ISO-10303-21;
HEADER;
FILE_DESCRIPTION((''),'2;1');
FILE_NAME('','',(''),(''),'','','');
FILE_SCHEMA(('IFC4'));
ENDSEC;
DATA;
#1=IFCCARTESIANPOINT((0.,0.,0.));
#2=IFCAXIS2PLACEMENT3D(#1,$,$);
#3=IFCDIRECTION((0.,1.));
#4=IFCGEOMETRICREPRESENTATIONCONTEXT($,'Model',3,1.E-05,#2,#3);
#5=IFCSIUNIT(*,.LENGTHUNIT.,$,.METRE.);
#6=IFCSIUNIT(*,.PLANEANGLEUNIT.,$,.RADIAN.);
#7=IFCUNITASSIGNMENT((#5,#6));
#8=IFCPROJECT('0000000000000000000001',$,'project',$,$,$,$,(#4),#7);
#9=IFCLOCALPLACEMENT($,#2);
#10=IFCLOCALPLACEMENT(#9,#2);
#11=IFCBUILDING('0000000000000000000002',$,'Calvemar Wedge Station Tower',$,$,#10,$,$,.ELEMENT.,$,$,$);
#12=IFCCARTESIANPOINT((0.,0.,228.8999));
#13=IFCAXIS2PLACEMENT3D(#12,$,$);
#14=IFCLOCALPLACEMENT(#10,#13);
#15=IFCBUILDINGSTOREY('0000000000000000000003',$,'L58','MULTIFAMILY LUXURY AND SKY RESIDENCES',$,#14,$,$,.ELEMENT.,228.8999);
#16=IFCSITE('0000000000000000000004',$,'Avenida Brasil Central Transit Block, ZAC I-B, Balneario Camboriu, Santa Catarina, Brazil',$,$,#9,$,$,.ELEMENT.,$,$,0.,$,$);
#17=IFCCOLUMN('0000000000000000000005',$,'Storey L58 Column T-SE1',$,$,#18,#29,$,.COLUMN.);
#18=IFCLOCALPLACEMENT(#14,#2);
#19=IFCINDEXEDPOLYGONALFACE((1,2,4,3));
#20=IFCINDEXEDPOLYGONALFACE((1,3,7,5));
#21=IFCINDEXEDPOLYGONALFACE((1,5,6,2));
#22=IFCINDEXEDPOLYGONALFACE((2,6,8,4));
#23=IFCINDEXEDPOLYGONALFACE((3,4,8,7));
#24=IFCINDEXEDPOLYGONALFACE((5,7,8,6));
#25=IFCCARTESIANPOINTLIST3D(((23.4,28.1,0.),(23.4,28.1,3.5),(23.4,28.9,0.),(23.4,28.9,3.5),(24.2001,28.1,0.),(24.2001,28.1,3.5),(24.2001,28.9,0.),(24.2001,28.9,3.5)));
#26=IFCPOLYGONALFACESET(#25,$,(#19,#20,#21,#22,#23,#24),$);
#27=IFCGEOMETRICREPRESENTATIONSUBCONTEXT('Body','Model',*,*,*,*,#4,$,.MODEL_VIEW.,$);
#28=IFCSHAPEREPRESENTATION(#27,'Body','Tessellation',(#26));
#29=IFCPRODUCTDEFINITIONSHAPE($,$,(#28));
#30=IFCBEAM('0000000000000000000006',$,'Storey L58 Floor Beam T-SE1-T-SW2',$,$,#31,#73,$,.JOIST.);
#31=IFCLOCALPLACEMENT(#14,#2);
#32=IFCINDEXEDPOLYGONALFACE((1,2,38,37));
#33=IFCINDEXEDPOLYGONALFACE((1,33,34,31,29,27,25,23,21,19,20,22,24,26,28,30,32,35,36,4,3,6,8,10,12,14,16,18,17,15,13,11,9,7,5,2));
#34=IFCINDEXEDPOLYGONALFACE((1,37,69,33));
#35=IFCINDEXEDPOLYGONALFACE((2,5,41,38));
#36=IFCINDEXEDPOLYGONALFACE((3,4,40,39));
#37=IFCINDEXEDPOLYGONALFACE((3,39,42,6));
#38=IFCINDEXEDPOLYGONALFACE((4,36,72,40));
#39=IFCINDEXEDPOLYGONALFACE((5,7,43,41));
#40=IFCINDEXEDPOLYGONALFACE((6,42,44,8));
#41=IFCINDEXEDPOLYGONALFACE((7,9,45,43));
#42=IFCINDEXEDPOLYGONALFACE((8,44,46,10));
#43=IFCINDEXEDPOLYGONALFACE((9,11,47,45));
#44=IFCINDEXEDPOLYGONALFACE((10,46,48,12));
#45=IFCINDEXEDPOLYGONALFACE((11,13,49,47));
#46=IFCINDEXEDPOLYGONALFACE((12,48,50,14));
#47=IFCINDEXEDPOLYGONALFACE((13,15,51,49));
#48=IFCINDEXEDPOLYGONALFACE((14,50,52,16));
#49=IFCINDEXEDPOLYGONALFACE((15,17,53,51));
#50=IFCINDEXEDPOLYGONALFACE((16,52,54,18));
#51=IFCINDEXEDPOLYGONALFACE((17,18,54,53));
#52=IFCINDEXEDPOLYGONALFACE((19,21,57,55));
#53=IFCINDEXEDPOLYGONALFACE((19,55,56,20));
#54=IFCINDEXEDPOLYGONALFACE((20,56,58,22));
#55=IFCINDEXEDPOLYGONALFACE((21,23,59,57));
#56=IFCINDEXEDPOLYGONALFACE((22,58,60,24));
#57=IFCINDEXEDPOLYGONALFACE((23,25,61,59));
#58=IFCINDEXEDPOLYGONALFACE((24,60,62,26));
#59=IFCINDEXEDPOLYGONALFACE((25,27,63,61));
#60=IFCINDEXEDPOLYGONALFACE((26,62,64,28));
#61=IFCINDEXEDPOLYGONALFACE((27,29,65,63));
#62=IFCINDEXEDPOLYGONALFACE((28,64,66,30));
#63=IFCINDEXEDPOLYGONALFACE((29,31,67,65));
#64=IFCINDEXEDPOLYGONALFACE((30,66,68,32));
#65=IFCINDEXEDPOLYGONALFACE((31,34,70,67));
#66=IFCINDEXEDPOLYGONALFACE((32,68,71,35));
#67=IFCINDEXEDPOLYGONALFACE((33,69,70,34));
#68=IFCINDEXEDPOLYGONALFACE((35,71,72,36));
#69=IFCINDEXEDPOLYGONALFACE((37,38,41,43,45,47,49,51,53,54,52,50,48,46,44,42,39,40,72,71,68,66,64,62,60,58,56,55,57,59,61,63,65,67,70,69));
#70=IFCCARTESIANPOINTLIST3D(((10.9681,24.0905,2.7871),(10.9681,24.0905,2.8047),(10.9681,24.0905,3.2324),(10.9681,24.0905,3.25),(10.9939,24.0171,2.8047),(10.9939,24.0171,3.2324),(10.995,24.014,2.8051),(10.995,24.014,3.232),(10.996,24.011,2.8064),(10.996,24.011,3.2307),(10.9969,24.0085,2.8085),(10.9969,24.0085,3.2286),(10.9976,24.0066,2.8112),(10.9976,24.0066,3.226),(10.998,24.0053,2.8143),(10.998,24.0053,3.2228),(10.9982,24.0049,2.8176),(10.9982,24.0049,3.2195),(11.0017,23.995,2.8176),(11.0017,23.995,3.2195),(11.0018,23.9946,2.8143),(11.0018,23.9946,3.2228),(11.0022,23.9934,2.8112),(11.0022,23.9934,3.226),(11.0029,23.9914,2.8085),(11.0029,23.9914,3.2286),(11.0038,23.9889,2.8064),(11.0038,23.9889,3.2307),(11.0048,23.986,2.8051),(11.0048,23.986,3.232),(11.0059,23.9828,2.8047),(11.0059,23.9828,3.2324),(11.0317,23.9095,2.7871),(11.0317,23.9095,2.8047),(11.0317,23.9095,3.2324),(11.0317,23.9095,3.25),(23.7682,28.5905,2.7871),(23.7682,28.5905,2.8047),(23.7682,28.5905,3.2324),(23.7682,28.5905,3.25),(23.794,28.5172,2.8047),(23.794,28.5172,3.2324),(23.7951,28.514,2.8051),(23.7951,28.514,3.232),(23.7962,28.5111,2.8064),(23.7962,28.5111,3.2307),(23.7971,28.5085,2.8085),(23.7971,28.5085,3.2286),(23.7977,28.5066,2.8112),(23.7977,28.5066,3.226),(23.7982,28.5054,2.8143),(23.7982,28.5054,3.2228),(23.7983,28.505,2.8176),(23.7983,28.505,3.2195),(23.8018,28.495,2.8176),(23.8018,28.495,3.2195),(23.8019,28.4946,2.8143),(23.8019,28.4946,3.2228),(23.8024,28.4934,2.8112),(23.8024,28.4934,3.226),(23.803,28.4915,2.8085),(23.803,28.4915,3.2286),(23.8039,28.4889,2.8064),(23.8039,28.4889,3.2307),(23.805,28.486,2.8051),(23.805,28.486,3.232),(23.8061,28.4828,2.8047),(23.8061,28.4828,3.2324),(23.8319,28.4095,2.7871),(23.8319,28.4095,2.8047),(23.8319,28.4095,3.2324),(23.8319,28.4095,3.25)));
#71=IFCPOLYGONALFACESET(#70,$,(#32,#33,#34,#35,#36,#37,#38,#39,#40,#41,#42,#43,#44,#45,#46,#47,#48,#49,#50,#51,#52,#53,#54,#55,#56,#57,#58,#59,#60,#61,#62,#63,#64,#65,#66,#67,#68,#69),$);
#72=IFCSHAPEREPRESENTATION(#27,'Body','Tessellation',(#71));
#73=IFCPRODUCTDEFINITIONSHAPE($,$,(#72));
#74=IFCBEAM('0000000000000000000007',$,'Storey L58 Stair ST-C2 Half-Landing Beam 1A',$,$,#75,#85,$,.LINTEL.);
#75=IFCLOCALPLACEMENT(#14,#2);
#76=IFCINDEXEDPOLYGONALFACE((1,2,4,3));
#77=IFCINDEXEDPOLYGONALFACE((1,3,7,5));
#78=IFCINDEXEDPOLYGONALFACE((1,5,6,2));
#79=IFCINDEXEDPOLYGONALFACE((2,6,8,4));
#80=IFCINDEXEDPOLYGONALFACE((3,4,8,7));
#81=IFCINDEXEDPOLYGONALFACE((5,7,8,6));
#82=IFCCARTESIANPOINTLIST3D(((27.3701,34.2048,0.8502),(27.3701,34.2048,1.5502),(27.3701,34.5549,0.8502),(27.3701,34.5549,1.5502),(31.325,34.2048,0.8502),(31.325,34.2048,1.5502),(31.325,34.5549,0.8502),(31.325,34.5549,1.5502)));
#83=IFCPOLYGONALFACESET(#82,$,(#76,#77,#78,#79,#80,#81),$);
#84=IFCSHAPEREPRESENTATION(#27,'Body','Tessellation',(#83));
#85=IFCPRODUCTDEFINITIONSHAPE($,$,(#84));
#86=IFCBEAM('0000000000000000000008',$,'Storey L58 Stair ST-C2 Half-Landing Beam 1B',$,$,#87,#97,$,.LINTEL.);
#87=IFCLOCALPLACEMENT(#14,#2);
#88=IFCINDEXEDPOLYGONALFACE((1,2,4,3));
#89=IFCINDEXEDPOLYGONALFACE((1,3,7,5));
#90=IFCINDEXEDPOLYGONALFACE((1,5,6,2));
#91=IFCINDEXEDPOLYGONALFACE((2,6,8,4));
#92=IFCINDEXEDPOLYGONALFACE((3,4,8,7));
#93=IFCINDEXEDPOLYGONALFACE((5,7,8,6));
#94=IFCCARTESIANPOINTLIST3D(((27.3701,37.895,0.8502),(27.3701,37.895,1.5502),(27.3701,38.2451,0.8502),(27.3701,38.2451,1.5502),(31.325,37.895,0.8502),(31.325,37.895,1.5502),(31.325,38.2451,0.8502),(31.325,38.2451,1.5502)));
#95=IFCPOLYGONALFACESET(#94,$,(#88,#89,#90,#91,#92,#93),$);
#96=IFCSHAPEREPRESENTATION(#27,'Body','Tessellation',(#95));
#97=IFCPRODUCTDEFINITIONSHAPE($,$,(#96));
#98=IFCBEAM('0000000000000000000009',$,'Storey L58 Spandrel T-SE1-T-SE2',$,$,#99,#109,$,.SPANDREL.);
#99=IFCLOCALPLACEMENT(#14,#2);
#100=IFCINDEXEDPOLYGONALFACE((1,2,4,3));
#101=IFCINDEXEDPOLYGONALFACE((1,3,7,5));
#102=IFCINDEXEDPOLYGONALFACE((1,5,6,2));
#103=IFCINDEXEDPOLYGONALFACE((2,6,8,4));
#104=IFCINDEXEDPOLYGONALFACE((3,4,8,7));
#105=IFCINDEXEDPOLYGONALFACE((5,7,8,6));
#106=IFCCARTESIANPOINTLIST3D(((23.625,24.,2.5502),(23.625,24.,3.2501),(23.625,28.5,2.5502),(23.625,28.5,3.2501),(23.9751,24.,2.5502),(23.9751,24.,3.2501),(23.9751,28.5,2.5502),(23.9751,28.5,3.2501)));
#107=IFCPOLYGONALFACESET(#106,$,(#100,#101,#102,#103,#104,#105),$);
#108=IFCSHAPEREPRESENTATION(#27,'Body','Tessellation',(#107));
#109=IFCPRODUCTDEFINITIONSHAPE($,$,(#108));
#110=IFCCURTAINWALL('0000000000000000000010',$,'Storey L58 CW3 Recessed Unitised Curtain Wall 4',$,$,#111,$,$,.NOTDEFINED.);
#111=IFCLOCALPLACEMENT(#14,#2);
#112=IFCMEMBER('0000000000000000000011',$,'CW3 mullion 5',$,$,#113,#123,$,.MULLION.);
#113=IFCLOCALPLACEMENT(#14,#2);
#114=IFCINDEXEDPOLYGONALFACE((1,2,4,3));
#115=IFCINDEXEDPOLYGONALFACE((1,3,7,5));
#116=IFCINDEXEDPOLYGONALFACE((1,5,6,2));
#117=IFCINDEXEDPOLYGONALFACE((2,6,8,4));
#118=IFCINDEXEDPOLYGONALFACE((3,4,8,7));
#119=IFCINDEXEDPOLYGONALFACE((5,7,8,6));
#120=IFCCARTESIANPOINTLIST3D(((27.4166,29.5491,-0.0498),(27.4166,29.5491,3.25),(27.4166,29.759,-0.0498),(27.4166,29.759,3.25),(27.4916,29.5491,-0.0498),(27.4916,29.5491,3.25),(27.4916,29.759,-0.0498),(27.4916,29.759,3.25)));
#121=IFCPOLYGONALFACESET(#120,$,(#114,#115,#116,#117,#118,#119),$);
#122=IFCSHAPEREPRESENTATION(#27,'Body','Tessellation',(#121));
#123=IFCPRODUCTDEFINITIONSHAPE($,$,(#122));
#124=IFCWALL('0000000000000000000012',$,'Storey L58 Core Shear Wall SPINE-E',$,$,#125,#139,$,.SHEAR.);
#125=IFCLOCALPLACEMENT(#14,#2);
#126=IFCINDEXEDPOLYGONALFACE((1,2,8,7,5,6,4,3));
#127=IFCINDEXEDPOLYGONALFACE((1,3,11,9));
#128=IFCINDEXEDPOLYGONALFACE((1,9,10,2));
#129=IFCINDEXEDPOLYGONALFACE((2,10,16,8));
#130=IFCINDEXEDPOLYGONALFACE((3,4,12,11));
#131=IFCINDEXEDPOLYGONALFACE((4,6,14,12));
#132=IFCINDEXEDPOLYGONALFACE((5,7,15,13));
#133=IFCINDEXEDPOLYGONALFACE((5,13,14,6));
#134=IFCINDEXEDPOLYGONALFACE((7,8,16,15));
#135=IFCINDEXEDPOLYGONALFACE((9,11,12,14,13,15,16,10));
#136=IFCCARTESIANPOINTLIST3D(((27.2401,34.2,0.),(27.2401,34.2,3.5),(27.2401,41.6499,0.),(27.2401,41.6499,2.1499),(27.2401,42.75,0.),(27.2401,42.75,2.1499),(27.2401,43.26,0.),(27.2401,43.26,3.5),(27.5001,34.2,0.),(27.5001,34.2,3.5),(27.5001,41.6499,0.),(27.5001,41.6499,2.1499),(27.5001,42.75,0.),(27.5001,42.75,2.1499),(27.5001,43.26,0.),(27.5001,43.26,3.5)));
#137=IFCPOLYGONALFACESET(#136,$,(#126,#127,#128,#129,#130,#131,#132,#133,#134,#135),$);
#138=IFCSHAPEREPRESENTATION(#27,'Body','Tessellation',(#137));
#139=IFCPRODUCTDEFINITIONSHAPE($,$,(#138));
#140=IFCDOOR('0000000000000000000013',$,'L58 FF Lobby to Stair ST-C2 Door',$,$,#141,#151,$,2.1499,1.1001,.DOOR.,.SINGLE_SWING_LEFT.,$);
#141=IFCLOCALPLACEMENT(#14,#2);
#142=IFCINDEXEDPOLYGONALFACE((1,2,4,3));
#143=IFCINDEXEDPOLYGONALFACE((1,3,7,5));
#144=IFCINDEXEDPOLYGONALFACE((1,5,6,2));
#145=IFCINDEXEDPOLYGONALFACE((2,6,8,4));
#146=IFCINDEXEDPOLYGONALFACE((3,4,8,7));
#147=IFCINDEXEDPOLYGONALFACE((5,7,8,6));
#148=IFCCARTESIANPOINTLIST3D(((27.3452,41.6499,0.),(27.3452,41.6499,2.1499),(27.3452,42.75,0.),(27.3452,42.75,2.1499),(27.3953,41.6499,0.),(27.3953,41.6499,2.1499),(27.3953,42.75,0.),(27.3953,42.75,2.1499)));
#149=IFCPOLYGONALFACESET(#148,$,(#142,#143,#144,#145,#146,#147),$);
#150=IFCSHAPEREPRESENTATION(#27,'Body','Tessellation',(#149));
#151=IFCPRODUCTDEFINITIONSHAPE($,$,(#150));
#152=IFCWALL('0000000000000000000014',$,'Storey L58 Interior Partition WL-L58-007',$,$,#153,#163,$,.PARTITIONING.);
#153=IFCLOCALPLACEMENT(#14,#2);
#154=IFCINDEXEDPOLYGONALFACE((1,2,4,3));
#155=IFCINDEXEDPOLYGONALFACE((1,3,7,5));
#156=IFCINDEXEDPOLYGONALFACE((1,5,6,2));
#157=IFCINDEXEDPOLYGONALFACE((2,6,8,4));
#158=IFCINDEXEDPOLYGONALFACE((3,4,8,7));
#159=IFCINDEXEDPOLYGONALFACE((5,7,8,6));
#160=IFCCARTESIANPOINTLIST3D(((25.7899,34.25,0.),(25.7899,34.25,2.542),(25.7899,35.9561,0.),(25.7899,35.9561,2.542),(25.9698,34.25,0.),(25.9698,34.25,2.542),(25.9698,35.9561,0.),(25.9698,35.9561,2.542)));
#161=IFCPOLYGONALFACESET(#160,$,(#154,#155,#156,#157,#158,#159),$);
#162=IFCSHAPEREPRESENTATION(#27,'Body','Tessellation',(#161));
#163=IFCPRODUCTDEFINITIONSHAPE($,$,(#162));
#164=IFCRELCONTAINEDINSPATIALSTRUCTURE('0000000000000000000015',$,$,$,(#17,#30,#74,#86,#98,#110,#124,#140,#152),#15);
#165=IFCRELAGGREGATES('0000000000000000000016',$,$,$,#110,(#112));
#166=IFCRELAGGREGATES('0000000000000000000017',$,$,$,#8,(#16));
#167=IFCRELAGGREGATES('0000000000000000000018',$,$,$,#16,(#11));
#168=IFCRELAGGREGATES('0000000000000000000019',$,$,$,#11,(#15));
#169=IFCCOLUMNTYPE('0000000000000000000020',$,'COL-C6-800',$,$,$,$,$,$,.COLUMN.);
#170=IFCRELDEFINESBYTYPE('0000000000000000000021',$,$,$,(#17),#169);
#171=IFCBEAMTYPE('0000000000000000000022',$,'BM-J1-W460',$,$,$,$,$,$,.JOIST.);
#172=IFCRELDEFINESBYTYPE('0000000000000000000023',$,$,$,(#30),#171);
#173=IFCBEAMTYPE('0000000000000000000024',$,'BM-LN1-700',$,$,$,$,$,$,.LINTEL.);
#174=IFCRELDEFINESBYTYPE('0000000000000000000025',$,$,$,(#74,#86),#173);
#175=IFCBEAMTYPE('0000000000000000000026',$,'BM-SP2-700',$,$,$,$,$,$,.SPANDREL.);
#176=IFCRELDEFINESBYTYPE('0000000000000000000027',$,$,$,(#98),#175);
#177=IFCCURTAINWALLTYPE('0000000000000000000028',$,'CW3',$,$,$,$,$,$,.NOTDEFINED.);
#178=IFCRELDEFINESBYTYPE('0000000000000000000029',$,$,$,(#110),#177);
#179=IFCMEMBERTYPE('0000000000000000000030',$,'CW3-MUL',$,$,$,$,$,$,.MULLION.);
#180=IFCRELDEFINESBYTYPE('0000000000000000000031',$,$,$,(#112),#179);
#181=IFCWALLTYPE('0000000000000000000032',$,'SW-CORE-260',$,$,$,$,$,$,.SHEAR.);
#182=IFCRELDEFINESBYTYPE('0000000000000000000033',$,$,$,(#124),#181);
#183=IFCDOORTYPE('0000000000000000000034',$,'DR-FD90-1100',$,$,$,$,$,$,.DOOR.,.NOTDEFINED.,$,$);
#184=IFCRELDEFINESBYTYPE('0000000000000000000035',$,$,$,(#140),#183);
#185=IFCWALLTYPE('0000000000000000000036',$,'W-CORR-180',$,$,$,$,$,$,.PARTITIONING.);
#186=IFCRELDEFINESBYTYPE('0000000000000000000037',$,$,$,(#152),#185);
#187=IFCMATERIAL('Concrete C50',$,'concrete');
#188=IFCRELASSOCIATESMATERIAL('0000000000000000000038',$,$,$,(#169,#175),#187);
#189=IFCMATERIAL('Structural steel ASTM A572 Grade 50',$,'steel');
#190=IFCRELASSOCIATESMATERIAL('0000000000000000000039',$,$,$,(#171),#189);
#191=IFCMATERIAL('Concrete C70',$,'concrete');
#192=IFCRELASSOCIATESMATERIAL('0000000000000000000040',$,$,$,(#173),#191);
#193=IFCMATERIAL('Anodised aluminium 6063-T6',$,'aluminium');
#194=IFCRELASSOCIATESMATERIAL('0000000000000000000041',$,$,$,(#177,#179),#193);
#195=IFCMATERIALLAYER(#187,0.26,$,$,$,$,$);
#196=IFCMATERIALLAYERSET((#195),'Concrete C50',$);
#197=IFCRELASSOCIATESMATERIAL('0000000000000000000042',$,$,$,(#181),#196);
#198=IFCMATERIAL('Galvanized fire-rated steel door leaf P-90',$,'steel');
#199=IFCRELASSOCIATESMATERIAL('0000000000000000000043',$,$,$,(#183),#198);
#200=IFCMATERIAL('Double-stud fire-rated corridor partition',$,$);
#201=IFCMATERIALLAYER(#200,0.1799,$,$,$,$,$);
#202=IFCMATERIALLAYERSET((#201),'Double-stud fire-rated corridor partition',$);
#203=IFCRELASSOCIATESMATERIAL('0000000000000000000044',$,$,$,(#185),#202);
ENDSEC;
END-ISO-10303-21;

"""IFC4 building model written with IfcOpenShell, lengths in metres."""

from ifc_helpers import new_model, si_unit, direction, frame, frame_2d, origin, origin_2d, place, context, subcontext, project, spatial, rectangle, i_section, extrude, source, transform, mapped, material, layer, layer_set, material_profile, profile_set, type_object, element, fill, aggregate, save


model = new_model("IFC4")

# Units and contexts
model_context = context("Model", 3, precision=1e-05, world=origin(), true_north=direction((0.0, 1.0)))
body_context = subcontext(model_context, "Body", "Model", "MODEL_VIEW")
ifc_project = project(units=[si_unit("LENGTHUNIT", "METRE"), si_unit("PLANEANGLEUNIT", "RADIAN")], contexts=[model_context])

# Site, building, storey
site_placement = place(None, origin())
site = spatial("IfcSite", under=ifc_project, at=site_placement, Name="Avenida Brasil Central Transit Block, ZAC I-B, Balneario Camboriu, Santa Catarina, Brazil", CompositionType="ELEMENT", RefElevation=0.0)
building_placement = place(site_placement, origin())
building = spatial("IfcBuilding", under=site, at=building_placement, Name="Calvemar Wedge Station Tower", CompositionType="ELEMENT")
storey_placement = place(building_placement, frame((0.0, 0.0, 228.8999)))
storey = spatial("IfcBuildingStorey", under=building, at=storey_placement, Name="L58", Description="MULTIFAMILY LUXURY AND SKY RESIDENCES", CompositionType="ELEMENT", Elevation=228.8999)

# Column
ifc_material_1 = material(Name="Concrete C50", Category="concrete")
ifc_material_profile_1 = material_profile(ifc_material_1, rectangle(XDim=0.8, YDim=0.8, at=origin_2d()), Name="RC800x800")
ifc_profile_set_1 = profile_set([ifc_material_profile_1], Name="Concrete C50")
column_type = type_object("IfcColumnType", Name="COL-C6-800", PredefinedType="COLUMN", material=ifc_profile_set_1)
shared_shape_1 = source(origin(), body_context, "Body", "SweptSolid", [
    extrude(rectangle(XDim=0.8, YDim=0.8, at=origin_2d()), origin(), (0.0, 0.0, 1.0), 3.5),
])
column_placement = place(storey_placement, frame((23.8, 28.5, 0.0), z_axis=(0.0, 0.0, 1.0), x_axis=(1.0, 0.0, 0.0)))
element("IfcColumn", 1, at=column_placement, inside=storey, type_object=column_type, Name="Storey L58 Column T-SE1", PredefinedType="COLUMN", context=body_context, shape_type="MappedRepresentation", body=[
    mapped(shared_shape_1, transform((0.0, 0.0, 0.0), scale=1.0)),
])

# Beams
ifc_material_2 = material(Name="Structural steel ASTM A572 Grade 50", Category="steel")
ifc_material_profile_2 = material_profile(ifc_material_2, i_section(OverallWidth=0.1919, OverallDepth=0.4629, WebThickness=0.0105, FlangeThickness=0.0176, FilletRadius=0.0129, at=origin_2d()), Name="W460x89")
ifc_profile_set_2 = profile_set([ifc_material_profile_2], Name="Structural steel ASTM A572 Grade 50")
beam_type_1 = type_object("IfcBeamType", Name="BM-J1-W460", PredefinedType="JOIST", material=ifc_profile_set_2)
shared_shape_2 = source(origin(), body_context, "Body", "SweptSolid", [
    extrude(i_section(OverallWidth=0.1919, OverallDepth=0.4629, WebThickness=0.0105, FlangeThickness=0.0176, FilletRadius=0.0129, at=origin_2d()), origin(), (0.0, 0.0, 1.0), 13.5681),
])
beam_1_placement = place(storey_placement, frame((23.8, 28.5, 3.0186), z_axis=(-0.943398, -0.331662, 0.0), x_axis=(0.331662, -0.943398, 0.0)))
element("IfcBeam", 2, at=beam_1_placement, inside=storey, type_object=beam_type_1, Name="Storey L58 Floor Beam T-SE1-T-SW2", PredefinedType="JOIST", context=body_context, shape_type="MappedRepresentation", body=[
    mapped(shared_shape_2, transform((0.0, 0.0, 0.0), scale=1.0)),
])
ifc_material_3 = material(Name="Concrete C70", Category="concrete")
ifc_material_profile_3 = material_profile(ifc_material_3, rectangle(XDim=0.3501, YDim=0.7, at=origin_2d()), Name="RC350x700")
ifc_profile_set_3 = profile_set([ifc_material_profile_3], Name="Concrete C70")
beam_type_2 = type_object("IfcBeamType", Name="BM-LN1-700", PredefinedType="LINTEL", material=ifc_profile_set_3)
shared_shape_3 = source(origin(), body_context, "Body", "SweptSolid", [
    extrude(rectangle(XDim=0.3501, YDim=0.7, at=origin_2d()), origin(), (0.0, 0.0, 1.0), 3.9548),
])
for number, where, z_axis, x_axis, name in (
    (3, (27.3701, 34.3799, 1.2002), (1.0, 0.0, 0.0), (0.0, 1.0, 0.0), "Storey L58 Stair ST-C2 Half-Landing Beam 1A"),
    (4, (27.3701, 38.0701, 1.2002), (1.0, 0.0, 0.0), (0.0, 1.0, 0.0), "Storey L58 Stair ST-C2 Half-Landing Beam 1B"),
):
    element("IfcBeam", number, at=place(storey_placement, frame(where, z_axis=z_axis, x_axis=x_axis)), inside=storey, type_object=beam_type_2, Name=name, PredefinedType="LINTEL", context=body_context, shape_type="MappedRepresentation", body=[
        mapped(shared_shape_3, transform((0.0, 0.0, 0.0), scale=1.0)),
    ])
ifc_material_profile_4 = material_profile(ifc_material_1, rectangle(XDim=0.3501, YDim=0.7, at=origin_2d()), Name="RC350x700")
ifc_profile_set_4 = profile_set([ifc_material_profile_4], Name="Concrete C50")
beam_type_3 = type_object("IfcBeamType", Name="BM-SP2-700", PredefinedType="SPANDREL", material=ifc_profile_set_4)
shared_shape_4 = source(origin(), body_context, "Body", "SweptSolid", [
    extrude(rectangle(XDim=0.3501, YDim=0.7, at=origin_2d()), origin(), (0.0, 0.0, 1.0), 4.5),
])
beam_2_placement = place(storey_placement, frame((23.8, 28.5, 2.9001), z_axis=(0.0, -1.0, 0.0), x_axis=(1.0, 0.0, 0.0)))
element("IfcBeam", 5, at=beam_2_placement, inside=storey, type_object=beam_type_3, Name="Storey L58 Spandrel T-SE1-T-SE2", PredefinedType="SPANDREL", context=body_context, shape_type="MappedRepresentation", body=[
    mapped(shared_shape_4, transform((0.0, 0.0, 0.0), scale=1.0)),
])

# Curtain wall, member
ifc_material_4 = material(Name="Anodised aluminium 6063-T6", Category="aluminium")
curtain_wall_type = type_object("IfcCurtainWallType", Name="CW3", PredefinedType="NOTDEFINED", material=ifc_material_4)
curtain_wall_placement = place(storey_placement, origin())
curtain_wall = element("IfcCurtainWall", 6, at=curtain_wall_placement, inside=storey, type_object=curtain_wall_type, Name="Storey L58 CW3 Recessed Unitised Curtain Wall 4", PredefinedType="NOTDEFINED")
ifc_material_profile_5 = material_profile(ifc_material_4, rectangle(XDim=0.075, YDim=0.21, at=origin_2d()), Name="AL-MUL-75x210")
ifc_profile_set_5 = profile_set([ifc_material_profile_5], Name="Anodised aluminium 6063-T6")
member_type = type_object("IfcMemberType", Name="CW3-MUL", PredefinedType="MULLION", material=ifc_profile_set_5)
shared_shape_5 = source(origin(), body_context, "Body", "SweptSolid", [
    extrude(rectangle(XDim=0.075, YDim=0.21, at=origin_2d()), origin(), (0.0, 0.0, 1.0), 3.2998),
])
member_placement = place(storey_placement, frame((27.4541, 29.6541, -0.0498), z_axis=(0.0, 0.0, 1.0), x_axis=(1.0, 0.0, 0.0)))
member = element("IfcMember", 7, at=member_placement, type_object=member_type, Name="CW3 mullion 5", PredefinedType="MULLION", context=body_context, shape_type="MappedRepresentation", body=[
    mapped(shared_shape_5, transform((0.0, 0.0, 0.0), scale=1.0)),
])
aggregate(curtain_wall, [member])

# Wall, opening, door
ifc_layer_1 = layer(ifc_material_1, 0.26)
ifc_layer_set_1 = layer_set([ifc_layer_1], Name="Concrete C50")
wall_type_1 = type_object("IfcWallType", Name="SW-CORE-260", PredefinedType="SHEAR", material=ifc_layer_set_1)
wall_1_placement = place(storey_placement, frame((27.3701, 34.2, 0.0), z_axis=(0.0, 0.0, 1.0), x_axis=(0.0, 1.0, 0.0)))
wall_1 = element("IfcWall", 8, at=wall_1_placement, inside=storey, type_object=wall_type_1, Name="Storey L58 Core Shear Wall SPINE-E", PredefinedType="SHEAR", context=body_context, shape_type="SweptSolid", body=[
    extrude(rectangle(XDim=9.0601, YDim=0.26, at=frame_2d((4.53, 0.0))), origin(), (0.0, 0.0, 1.0), 3.5),
])
shared_shape_6 = source(origin(), body_context, "Body", "SweptSolid", [
    extrude(rectangle(XDim=1.1001, YDim=2.1499, at=frame_2d((0.55, 1.075))), frame((0.0, 0.1401, 0.0), z_axis=(0.0, -1.0, 0.0), x_axis=(1.0, 0.0, 0.0)), (0.0, 0.0, 1.0), 0.28),
])
opening_placement = place(wall_1_placement, frame((7.45, 0.0, 0.0)))
opening = element("IfcOpeningElement", 9, at=opening_placement, cuts=wall_1, PredefinedType="OPENING", context=body_context, shape_type="MappedRepresentation", body=[
    mapped(shared_shape_6, transform((0.0, 0.0, 0.0), scale=1.0)),
])
ifc_material_5 = material(Name="Galvanized fire-rated steel door leaf P-90", Category="steel")
door_type = type_object("IfcDoorType", Name="DR-FD90-1100", OperationType="NOTDEFINED", PredefinedType="DOOR", material=ifc_material_5)
shared_shape_7 = source(origin(), body_context, "Body", "SweptSolid", [
    extrude(rectangle(XDim=1.1001, YDim=2.1499, at=frame_2d((0.55, 1.075))), frame((0.0, 0.0249, 0.0), z_axis=(0.0, -1.0, 0.0), x_axis=(1.0, 0.0, 0.0)), (0.0, 0.0, 1.0), 0.05),
])
door_placement = place(opening_placement, origin())
door = element("IfcDoor", 10, at=door_placement, inside=storey, type_object=door_type, Name="L58 FF Lobby to Stair ST-C2 Door", OperationType="SINGLE_SWING_LEFT", OverallHeight=2.1499, OverallWidth=1.1001, PredefinedType="DOOR", context=body_context, shape_type="MappedRepresentation", body=[
    mapped(shared_shape_7, transform((0.0, 0.0, 0.0), scale=1.0)),
])
fill(opening, door)

# Wall
ifc_material_6 = material(Name="Double-stud fire-rated corridor partition")
ifc_layer_2 = layer(ifc_material_6, 0.1799)
ifc_layer_set_2 = layer_set([ifc_layer_2], Name="Double-stud fire-rated corridor partition")
wall_type_2 = type_object("IfcWallType", Name="W-CORR-180", PredefinedType="PARTITIONING", material=ifc_layer_set_2)
wall_2_placement = place(storey_placement, frame((25.8799, 35.9561, 0.0), z_axis=(0.0, 0.0, 1.0), x_axis=(0.0, -1.0, 0.0)))
element("IfcWall", 11, at=wall_2_placement, inside=storey, type_object=wall_type_2, Name="Storey L58 Interior Partition WL-L58-007", PredefinedType="PARTITIONING", context=body_context, shape_type="SweptSolid", body=[
    extrude(rectangle(XDim=1.7061, YDim=0.1799, at=frame_2d((0.853, 0.0))), origin(), (0.0, 0.0, 1.0), 2.542),
])

save(model, "model.ifc")
